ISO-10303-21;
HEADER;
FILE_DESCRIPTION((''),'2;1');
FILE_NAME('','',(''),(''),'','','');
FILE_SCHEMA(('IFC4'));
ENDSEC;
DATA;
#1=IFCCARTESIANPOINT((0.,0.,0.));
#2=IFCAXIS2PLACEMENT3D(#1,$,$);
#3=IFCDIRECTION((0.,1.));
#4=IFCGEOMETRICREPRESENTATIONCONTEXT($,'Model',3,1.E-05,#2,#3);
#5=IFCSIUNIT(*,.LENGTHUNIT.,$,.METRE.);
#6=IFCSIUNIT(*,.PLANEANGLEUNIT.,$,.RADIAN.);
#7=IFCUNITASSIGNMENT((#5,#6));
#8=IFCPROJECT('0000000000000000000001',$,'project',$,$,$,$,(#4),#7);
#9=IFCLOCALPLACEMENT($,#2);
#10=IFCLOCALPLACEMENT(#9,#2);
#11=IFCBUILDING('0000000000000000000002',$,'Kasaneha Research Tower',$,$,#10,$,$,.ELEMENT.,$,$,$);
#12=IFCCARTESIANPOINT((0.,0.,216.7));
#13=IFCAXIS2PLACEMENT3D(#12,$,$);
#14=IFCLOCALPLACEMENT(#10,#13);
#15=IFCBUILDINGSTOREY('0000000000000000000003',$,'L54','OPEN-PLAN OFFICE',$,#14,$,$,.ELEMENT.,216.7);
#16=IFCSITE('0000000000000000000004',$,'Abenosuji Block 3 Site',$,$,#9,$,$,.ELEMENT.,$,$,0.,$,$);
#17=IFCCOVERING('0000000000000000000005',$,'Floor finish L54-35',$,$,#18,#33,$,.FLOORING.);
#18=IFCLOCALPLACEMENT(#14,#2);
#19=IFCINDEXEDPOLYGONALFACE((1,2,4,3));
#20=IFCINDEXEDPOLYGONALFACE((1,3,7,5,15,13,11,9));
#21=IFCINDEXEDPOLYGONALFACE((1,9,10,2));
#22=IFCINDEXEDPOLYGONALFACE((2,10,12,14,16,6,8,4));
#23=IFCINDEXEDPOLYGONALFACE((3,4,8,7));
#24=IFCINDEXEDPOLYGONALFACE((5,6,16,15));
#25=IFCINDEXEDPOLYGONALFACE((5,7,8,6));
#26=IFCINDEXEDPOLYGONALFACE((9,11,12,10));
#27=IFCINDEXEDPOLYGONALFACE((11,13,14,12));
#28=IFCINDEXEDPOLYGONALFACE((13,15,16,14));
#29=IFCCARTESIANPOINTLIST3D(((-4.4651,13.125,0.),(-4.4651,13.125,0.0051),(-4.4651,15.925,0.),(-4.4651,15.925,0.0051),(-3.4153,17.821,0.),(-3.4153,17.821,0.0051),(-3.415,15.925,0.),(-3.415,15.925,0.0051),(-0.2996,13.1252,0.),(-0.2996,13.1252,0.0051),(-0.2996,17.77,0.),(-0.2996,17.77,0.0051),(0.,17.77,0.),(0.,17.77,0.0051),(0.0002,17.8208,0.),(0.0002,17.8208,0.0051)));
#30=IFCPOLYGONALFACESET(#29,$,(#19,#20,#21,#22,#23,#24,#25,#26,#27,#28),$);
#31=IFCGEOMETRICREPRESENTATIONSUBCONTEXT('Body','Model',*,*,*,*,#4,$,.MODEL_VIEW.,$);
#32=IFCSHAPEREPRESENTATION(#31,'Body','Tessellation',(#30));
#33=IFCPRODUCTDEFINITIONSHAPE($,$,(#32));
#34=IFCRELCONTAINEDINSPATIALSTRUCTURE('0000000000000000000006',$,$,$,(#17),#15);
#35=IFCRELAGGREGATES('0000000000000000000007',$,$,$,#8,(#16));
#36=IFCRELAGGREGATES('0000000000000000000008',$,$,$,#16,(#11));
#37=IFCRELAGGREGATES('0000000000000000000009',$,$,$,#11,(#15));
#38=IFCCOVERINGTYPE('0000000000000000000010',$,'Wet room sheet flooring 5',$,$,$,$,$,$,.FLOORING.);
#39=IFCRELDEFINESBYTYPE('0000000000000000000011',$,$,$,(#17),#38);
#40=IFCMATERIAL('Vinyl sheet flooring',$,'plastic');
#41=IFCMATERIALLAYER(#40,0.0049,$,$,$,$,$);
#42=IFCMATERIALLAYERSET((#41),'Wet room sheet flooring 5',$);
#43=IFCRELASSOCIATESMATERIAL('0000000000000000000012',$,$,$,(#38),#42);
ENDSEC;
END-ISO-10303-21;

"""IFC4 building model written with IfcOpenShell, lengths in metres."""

from ifc_helpers import new_model, si_unit, direction, frame, origin, place, context, subcontext, project, spatial, polyline, outline, extrude, material, layer, layer_set, type_object, element, save


model = new_model("IFC4")

# Units and contexts
model_context = context("Model", 3, precision=1e-05, world=origin(), true_north=direction((0.0, 1.0)))
body_context = subcontext(model_context, "Body", "Model", "MODEL_VIEW")
ifc_project = project(units=[si_unit("LENGTHUNIT", "METRE"), si_unit("PLANEANGLEUNIT", "RADIAN")], contexts=[model_context])

# Site, building, storey
site_placement = place(None, origin())
site = spatial("IfcSite", under=ifc_project, at=site_placement, Name="Abenosuji Block 3 Site", CompositionType="ELEMENT", RefElevation=0.0)
building_placement = place(site_placement, origin())
building = spatial("IfcBuilding", under=site, at=building_placement, Name="Kasaneha Research Tower", CompositionType="ELEMENT")
storey_placement = place(building_placement, frame((0.0, 0.0, 216.7)))
storey = spatial("IfcBuildingStorey", under=building, at=storey_placement, Name="L54", Description="OPEN-PLAN OFFICE", CompositionType="ELEMENT", Elevation=216.7)

# Covering
ifc_material_1 = material(Name="Vinyl sheet flooring", Category="plastic")
ifc_layer_1 = layer(ifc_material_1, 0.0049)
ifc_layer_set_1 = layer_set([ifc_layer_1], Name="Wet room sheet flooring 5")
covering_type_1 = type_object("IfcCoveringType", Name="Wet room sheet flooring 5", PredefinedType="FLOORING", material=ifc_layer_set_1)
covering_1_placement = place(storey_placement, origin())
element("IfcCovering", 1, at=covering_1_placement, inside=storey, type_object=covering_type_1, Name="Floor finish L54-35", PredefinedType="FLOORING", context=body_context, shape_type="SweptSolid", body=[
    extrude(outline(polyline([(-3.415, 15.925), (-3.4153, 17.821), (0.0002, 17.8208), (0.0, 17.77), (-0.2996, 17.77), (-0.2996, 13.1252), (-4.4651, 13.125), (-4.4651, 15.925), (-3.415, 15.925)])), origin(), (0.0, 0.0, 1.0), 0.0051),
])

save(model, "model.ifc")
